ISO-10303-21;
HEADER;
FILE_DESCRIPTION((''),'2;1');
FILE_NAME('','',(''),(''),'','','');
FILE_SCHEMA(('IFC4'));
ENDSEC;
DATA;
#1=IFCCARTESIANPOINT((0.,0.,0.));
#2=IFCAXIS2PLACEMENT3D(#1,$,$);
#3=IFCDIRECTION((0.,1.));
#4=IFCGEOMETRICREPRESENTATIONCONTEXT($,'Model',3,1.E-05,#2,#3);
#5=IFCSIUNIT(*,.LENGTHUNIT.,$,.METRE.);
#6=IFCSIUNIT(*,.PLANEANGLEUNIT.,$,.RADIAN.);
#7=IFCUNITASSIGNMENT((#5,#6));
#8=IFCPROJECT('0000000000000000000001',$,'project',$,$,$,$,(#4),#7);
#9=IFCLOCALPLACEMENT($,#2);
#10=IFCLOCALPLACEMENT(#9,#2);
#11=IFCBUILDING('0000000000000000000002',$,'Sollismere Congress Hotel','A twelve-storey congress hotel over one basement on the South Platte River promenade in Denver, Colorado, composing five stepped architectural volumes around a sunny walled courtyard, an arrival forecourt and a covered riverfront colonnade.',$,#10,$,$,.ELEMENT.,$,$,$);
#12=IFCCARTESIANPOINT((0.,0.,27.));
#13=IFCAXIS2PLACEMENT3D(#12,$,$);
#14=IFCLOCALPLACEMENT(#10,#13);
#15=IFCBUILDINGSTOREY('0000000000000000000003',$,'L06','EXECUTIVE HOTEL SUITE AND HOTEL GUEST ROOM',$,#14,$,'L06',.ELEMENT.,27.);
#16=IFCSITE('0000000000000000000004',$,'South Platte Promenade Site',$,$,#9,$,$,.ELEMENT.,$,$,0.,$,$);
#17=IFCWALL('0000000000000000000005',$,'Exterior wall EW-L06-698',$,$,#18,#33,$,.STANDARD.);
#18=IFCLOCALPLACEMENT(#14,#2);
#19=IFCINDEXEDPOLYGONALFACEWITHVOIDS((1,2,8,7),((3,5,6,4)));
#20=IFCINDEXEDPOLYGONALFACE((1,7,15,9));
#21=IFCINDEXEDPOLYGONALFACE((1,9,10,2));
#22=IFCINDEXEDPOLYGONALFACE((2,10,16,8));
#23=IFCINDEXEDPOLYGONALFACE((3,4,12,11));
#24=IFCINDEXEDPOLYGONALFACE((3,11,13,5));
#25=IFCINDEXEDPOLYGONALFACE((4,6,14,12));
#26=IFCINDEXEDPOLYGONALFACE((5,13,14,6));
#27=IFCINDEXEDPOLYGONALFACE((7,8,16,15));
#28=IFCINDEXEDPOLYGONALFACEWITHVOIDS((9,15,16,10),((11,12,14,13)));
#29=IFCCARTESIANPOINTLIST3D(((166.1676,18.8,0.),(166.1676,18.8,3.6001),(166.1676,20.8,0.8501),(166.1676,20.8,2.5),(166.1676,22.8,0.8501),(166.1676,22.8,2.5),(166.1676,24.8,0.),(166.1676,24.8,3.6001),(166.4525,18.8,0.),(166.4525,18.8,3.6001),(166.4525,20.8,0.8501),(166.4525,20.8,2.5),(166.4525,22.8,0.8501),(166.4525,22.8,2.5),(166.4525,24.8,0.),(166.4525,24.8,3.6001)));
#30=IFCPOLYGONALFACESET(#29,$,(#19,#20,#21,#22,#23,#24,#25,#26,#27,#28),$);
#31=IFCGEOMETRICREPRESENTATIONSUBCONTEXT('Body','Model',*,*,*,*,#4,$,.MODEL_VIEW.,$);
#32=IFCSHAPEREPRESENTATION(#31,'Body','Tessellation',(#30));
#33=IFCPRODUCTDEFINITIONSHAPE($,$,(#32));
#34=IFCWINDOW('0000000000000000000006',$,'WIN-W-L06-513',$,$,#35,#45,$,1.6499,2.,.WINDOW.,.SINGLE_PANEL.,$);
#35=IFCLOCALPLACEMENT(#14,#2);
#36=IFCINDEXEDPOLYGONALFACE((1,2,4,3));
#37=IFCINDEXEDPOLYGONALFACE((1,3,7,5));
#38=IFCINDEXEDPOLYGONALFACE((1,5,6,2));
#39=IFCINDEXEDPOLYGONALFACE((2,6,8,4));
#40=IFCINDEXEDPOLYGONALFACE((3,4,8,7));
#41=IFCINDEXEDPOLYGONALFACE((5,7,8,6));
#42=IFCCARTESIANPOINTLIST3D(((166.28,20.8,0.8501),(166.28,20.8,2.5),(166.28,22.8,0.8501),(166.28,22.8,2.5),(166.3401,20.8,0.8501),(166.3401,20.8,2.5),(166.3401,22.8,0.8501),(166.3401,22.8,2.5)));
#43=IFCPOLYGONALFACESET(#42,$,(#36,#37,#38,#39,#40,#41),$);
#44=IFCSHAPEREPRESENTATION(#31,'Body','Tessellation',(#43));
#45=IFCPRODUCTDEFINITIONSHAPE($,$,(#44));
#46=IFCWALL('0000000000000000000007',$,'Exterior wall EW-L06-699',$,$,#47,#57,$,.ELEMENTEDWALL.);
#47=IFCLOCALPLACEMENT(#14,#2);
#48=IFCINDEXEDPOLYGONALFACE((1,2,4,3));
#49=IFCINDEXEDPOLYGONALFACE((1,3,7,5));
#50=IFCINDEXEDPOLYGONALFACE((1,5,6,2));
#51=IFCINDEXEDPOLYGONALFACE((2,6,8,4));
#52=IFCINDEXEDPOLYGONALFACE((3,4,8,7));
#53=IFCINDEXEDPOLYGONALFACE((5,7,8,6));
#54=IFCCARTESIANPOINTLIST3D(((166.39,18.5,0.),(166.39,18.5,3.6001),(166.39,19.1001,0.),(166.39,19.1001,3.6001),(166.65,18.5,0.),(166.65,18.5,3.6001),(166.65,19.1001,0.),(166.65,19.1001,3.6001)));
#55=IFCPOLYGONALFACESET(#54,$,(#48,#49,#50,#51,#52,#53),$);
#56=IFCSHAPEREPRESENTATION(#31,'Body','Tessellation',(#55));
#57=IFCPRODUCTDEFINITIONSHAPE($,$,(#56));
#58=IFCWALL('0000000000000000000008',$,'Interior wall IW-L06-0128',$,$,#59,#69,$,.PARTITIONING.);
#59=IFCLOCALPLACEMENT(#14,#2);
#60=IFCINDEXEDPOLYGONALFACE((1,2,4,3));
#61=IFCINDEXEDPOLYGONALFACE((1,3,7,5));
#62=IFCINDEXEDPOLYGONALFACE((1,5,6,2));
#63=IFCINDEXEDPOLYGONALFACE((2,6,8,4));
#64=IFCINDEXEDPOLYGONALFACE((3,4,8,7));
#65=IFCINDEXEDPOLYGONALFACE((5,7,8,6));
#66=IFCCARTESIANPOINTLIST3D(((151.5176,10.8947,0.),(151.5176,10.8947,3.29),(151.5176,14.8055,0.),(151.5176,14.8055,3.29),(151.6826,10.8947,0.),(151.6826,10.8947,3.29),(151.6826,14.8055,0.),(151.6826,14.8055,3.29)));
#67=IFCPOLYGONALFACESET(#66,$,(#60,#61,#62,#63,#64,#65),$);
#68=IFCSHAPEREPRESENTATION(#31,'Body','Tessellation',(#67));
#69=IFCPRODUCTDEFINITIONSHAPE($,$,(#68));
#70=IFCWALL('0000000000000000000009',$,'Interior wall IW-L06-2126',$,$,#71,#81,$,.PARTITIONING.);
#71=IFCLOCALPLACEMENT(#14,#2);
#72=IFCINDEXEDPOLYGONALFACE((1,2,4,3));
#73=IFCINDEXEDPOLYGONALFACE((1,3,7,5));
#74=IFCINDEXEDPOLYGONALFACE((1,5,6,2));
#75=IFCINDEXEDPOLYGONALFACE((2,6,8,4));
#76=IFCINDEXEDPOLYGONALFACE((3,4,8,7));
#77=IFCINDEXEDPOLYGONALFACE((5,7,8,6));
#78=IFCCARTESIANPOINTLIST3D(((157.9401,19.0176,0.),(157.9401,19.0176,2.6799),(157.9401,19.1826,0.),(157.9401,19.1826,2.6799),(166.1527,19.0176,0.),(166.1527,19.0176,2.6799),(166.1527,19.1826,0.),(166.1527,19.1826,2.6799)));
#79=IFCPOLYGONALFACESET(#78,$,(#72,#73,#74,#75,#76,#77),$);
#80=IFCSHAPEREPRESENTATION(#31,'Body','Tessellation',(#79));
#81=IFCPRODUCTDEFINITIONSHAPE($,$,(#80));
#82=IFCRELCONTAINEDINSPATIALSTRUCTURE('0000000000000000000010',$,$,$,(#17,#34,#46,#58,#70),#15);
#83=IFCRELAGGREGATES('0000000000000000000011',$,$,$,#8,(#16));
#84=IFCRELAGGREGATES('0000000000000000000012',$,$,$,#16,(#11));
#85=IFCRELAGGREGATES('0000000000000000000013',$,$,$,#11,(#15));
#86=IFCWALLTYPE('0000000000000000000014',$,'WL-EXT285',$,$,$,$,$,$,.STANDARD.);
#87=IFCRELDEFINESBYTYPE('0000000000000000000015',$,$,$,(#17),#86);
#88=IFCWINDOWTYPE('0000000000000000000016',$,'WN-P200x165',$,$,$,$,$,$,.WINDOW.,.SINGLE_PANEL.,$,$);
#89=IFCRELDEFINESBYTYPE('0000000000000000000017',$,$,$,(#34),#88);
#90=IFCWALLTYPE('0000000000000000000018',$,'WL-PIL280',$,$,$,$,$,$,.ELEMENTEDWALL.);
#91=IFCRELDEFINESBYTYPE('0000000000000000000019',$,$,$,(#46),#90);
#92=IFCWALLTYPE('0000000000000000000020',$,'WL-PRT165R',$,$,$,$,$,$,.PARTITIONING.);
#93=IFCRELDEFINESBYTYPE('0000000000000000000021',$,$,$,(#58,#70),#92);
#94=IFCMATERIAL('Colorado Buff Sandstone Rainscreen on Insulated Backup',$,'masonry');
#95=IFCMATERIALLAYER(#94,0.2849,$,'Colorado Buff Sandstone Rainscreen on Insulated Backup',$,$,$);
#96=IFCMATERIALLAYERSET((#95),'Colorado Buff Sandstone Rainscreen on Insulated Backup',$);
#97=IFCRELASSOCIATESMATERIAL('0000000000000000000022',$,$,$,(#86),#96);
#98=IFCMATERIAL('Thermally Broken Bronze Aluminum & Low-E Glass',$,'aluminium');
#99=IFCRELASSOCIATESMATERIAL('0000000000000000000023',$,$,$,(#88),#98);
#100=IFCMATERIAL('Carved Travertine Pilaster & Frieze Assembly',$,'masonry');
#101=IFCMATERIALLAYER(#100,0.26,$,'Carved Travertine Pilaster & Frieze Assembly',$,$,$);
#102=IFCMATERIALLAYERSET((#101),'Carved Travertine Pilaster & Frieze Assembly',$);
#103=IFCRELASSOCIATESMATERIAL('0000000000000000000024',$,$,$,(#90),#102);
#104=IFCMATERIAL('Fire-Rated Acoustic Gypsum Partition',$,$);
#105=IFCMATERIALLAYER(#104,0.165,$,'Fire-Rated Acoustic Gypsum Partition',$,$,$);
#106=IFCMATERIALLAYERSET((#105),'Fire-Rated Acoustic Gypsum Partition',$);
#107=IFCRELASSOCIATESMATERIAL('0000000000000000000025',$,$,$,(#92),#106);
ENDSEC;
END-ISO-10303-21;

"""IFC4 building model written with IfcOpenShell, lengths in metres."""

from ifc_helpers import new_model, si_unit, direction, frame, frame_2d, origin, place, context, subcontext, project, spatial, rectangle, extrude, material, layer, layer_set, type_object, element, fill, save


model = new_model("IFC4")

# Units and contexts
model_context = context("Model", 3, precision=1e-05, world=origin(), true_north=direction((0.0, 1.0)))
body_context = subcontext(model_context, "Body", "Model", "MODEL_VIEW")
ifc_project = project(units=[si_unit("LENGTHUNIT", "METRE"), si_unit("PLANEANGLEUNIT", "RADIAN")], contexts=[model_context])

# Site, building, storey
site_placement = place(None, origin())
site = spatial("IfcSite", under=ifc_project, at=site_placement, Name="South Platte Promenade Site", CompositionType="ELEMENT", RefElevation=0.0)
building_placement = place(site_placement, origin())
building = spatial("IfcBuilding", under=site, at=building_placement, Name="Sollismere Congress Hotel", Description="A twelve-storey congress hotel over one basement on the South Platte River promenade in Denver, Colorado, composing five stepped architectural volumes around a sunny walled courtyard, an arrival forecourt and a covered riverfront colonnade.", CompositionType="ELEMENT")
storey_placement = place(building_placement, frame((0.0, 0.0, 27.0)))
storey = spatial("IfcBuildingStorey", under=building, at=storey_placement, Name="L06", Description="EXECUTIVE HOTEL SUITE AND HOTEL GUEST ROOM", LongName="L06", CompositionType="ELEMENT", Elevation=27.0)

# Wall, opening, window
ifc_material_1 = material(Name="Colorado Buff Sandstone Rainscreen on Insulated Backup", Category="masonry")
ifc_layer_1 = layer(ifc_material_1, 0.2849, Name="Colorado Buff Sandstone Rainscreen on Insulated Backup")
ifc_layer_set_1 = layer_set([ifc_layer_1], Name="Colorado Buff Sandstone Rainscreen on Insulated Backup")
wall_type_1 = type_object("IfcWallType", Name="WL-EXT285", PredefinedType="STANDARD", material=ifc_layer_set_1)
ifc_material_2 = material(Name="Thermally Broken Bronze Aluminum & Low-E Glass", Category="aluminium")
wall_1_placement = place(storey_placement, frame((166.3101, 18.8, 0.0), z_axis=(0.0, 0.0, 1.0), x_axis=(0.0, 1.0, 0.0)))
wall_1 = element("IfcWall", 1, at=wall_1_placement, inside=storey, type_object=wall_type_1, Name="Exterior wall EW-L06-698", PredefinedType="STANDARD", context=body_context, shape_type="SweptSolid", body=[
    extrude(rectangle(XDim=6.0, YDim=0.2849, at=frame_2d((3.0, 0.0))), origin(), (0.0, 0.0, 1.0), 3.6001),
])
opening_1_placement = place(wall_1_placement, frame((2.0, 0.0, 0.8501)))
opening_1 = element("IfcOpeningElement", 2, at=opening_1_placement, cuts=wall_1, PredefinedType="OPENING", context=body_context, shape_type="SweptSolid", body=[
    extrude(rectangle(XDim=2.0, YDim=1.6499, at=frame_2d((1.0, 0.825))), frame((0.0, 0.1523, 0.0), z_axis=(0.0, -1.0, 0.0), x_axis=(1.0, 0.0, 0.0)), (0.0, 0.0, 1.0), 0.3049),
])
window_type_1 = type_object("IfcWindowType", Name="WN-P200x165", PartitioningType="SINGLE_PANEL", PredefinedType="WINDOW", material=ifc_material_2)
window_1_placement = place(opening_1_placement, origin())
window_1 = element("IfcWindow", 3, at=window_1_placement, inside=storey, type_object=window_type_1, Name="WIN-W-L06-513", OverallHeight=1.6499, OverallWidth=2.0, PartitioningType="SINGLE_PANEL", PredefinedType="WINDOW", context=body_context, shape_type="SweptSolid", body=[
    extrude(rectangle(XDim=2.0, YDim=1.6499, at=frame_2d((1.0, 0.825))), frame((0.0, 0.03, 0.0), z_axis=(0.0, -1.0, 0.0), x_axis=(1.0, 0.0, 0.0)), (0.0, 0.0, 1.0), 0.0601),
])
fill(opening_1, window_1)

# Walls
ifc_material_3 = material(Name="Carved Travertine Pilaster & Frieze Assembly", Category="masonry")
ifc_layer_2 = layer(ifc_material_3, 0.26, Name="Carved Travertine Pilaster & Frieze Assembly")
ifc_layer_set_2 = layer_set([ifc_layer_2], Name="Carved Travertine Pilaster & Frieze Assembly")
wall_type_2 = type_object("IfcWallType", Name="WL-PIL280", PredefinedType="ELEMENTEDWALL", material=ifc_layer_set_2)
wall_2_placement = place(storey_placement, frame((166.52, 18.5, 0.0), z_axis=(0.0, 0.0, 1.0), x_axis=(0.0, 1.0, 0.0)))
element("IfcWall", 4, at=wall_2_placement, inside=storey, type_object=wall_type_2, Name="Exterior wall EW-L06-699", PredefinedType="ELEMENTEDWALL", context=body_context, shape_type="SweptSolid", body=[
    extrude(rectangle(XDim=0.6001, YDim=0.26, at=frame_2d((0.3, 0.0))), origin(), (0.0, 0.0, 1.0), 3.6001),
])
ifc_material_4 = material(Name="Fire-Rated Acoustic Gypsum Partition")
ifc_layer_3 = layer(ifc_material_4, 0.165, Name="Fire-Rated Acoustic Gypsum Partition")
ifc_layer_set_3 = layer_set([ifc_layer_3], Name="Fire-Rated Acoustic Gypsum Partition")
wall_type_3 = type_object("IfcWallType", Name="WL-PRT165R", PredefinedType="PARTITIONING", material=ifc_layer_set_3)
wall_3_placement = place(storey_placement, frame((151.6001, 10.8945, 0.0), z_axis=(0.0, 0.0, 1.0), x_axis=(0.0, 1.0, 0.0)))
element("IfcWall", 5, at=wall_3_placement, inside=storey, type_object=wall_type_3, Name="Interior wall IW-L06-0128", PredefinedType="PARTITIONING", context=body_context, shape_type="SweptSolid", body=[
    extrude(rectangle(XDim=3.9109, YDim=0.165, at=frame_2d((1.9556, 0.0))), origin(), (0.0, 0.0, 1.0), 3.29),
])
wall_4_placement = place(storey_placement, frame((157.9399, 19.1001, 0.0), z_axis=(0.0, 0.0, 1.0), x_axis=(1.0, 0.0, 0.0)))
element("IfcWall", 6, at=wall_4_placement, inside=storey, type_object=wall_type_3, Name="Interior wall IW-L06-2126", PredefinedType="PARTITIONING", context=body_context, shape_type="SweptSolid", body=[
    extrude(rectangle(XDim=8.2126, YDim=0.165, at=frame_2d((4.1064, 0.0))), origin(), (0.0, 0.0, 1.0), 2.6799),
])

save(model, "model.ifc")
